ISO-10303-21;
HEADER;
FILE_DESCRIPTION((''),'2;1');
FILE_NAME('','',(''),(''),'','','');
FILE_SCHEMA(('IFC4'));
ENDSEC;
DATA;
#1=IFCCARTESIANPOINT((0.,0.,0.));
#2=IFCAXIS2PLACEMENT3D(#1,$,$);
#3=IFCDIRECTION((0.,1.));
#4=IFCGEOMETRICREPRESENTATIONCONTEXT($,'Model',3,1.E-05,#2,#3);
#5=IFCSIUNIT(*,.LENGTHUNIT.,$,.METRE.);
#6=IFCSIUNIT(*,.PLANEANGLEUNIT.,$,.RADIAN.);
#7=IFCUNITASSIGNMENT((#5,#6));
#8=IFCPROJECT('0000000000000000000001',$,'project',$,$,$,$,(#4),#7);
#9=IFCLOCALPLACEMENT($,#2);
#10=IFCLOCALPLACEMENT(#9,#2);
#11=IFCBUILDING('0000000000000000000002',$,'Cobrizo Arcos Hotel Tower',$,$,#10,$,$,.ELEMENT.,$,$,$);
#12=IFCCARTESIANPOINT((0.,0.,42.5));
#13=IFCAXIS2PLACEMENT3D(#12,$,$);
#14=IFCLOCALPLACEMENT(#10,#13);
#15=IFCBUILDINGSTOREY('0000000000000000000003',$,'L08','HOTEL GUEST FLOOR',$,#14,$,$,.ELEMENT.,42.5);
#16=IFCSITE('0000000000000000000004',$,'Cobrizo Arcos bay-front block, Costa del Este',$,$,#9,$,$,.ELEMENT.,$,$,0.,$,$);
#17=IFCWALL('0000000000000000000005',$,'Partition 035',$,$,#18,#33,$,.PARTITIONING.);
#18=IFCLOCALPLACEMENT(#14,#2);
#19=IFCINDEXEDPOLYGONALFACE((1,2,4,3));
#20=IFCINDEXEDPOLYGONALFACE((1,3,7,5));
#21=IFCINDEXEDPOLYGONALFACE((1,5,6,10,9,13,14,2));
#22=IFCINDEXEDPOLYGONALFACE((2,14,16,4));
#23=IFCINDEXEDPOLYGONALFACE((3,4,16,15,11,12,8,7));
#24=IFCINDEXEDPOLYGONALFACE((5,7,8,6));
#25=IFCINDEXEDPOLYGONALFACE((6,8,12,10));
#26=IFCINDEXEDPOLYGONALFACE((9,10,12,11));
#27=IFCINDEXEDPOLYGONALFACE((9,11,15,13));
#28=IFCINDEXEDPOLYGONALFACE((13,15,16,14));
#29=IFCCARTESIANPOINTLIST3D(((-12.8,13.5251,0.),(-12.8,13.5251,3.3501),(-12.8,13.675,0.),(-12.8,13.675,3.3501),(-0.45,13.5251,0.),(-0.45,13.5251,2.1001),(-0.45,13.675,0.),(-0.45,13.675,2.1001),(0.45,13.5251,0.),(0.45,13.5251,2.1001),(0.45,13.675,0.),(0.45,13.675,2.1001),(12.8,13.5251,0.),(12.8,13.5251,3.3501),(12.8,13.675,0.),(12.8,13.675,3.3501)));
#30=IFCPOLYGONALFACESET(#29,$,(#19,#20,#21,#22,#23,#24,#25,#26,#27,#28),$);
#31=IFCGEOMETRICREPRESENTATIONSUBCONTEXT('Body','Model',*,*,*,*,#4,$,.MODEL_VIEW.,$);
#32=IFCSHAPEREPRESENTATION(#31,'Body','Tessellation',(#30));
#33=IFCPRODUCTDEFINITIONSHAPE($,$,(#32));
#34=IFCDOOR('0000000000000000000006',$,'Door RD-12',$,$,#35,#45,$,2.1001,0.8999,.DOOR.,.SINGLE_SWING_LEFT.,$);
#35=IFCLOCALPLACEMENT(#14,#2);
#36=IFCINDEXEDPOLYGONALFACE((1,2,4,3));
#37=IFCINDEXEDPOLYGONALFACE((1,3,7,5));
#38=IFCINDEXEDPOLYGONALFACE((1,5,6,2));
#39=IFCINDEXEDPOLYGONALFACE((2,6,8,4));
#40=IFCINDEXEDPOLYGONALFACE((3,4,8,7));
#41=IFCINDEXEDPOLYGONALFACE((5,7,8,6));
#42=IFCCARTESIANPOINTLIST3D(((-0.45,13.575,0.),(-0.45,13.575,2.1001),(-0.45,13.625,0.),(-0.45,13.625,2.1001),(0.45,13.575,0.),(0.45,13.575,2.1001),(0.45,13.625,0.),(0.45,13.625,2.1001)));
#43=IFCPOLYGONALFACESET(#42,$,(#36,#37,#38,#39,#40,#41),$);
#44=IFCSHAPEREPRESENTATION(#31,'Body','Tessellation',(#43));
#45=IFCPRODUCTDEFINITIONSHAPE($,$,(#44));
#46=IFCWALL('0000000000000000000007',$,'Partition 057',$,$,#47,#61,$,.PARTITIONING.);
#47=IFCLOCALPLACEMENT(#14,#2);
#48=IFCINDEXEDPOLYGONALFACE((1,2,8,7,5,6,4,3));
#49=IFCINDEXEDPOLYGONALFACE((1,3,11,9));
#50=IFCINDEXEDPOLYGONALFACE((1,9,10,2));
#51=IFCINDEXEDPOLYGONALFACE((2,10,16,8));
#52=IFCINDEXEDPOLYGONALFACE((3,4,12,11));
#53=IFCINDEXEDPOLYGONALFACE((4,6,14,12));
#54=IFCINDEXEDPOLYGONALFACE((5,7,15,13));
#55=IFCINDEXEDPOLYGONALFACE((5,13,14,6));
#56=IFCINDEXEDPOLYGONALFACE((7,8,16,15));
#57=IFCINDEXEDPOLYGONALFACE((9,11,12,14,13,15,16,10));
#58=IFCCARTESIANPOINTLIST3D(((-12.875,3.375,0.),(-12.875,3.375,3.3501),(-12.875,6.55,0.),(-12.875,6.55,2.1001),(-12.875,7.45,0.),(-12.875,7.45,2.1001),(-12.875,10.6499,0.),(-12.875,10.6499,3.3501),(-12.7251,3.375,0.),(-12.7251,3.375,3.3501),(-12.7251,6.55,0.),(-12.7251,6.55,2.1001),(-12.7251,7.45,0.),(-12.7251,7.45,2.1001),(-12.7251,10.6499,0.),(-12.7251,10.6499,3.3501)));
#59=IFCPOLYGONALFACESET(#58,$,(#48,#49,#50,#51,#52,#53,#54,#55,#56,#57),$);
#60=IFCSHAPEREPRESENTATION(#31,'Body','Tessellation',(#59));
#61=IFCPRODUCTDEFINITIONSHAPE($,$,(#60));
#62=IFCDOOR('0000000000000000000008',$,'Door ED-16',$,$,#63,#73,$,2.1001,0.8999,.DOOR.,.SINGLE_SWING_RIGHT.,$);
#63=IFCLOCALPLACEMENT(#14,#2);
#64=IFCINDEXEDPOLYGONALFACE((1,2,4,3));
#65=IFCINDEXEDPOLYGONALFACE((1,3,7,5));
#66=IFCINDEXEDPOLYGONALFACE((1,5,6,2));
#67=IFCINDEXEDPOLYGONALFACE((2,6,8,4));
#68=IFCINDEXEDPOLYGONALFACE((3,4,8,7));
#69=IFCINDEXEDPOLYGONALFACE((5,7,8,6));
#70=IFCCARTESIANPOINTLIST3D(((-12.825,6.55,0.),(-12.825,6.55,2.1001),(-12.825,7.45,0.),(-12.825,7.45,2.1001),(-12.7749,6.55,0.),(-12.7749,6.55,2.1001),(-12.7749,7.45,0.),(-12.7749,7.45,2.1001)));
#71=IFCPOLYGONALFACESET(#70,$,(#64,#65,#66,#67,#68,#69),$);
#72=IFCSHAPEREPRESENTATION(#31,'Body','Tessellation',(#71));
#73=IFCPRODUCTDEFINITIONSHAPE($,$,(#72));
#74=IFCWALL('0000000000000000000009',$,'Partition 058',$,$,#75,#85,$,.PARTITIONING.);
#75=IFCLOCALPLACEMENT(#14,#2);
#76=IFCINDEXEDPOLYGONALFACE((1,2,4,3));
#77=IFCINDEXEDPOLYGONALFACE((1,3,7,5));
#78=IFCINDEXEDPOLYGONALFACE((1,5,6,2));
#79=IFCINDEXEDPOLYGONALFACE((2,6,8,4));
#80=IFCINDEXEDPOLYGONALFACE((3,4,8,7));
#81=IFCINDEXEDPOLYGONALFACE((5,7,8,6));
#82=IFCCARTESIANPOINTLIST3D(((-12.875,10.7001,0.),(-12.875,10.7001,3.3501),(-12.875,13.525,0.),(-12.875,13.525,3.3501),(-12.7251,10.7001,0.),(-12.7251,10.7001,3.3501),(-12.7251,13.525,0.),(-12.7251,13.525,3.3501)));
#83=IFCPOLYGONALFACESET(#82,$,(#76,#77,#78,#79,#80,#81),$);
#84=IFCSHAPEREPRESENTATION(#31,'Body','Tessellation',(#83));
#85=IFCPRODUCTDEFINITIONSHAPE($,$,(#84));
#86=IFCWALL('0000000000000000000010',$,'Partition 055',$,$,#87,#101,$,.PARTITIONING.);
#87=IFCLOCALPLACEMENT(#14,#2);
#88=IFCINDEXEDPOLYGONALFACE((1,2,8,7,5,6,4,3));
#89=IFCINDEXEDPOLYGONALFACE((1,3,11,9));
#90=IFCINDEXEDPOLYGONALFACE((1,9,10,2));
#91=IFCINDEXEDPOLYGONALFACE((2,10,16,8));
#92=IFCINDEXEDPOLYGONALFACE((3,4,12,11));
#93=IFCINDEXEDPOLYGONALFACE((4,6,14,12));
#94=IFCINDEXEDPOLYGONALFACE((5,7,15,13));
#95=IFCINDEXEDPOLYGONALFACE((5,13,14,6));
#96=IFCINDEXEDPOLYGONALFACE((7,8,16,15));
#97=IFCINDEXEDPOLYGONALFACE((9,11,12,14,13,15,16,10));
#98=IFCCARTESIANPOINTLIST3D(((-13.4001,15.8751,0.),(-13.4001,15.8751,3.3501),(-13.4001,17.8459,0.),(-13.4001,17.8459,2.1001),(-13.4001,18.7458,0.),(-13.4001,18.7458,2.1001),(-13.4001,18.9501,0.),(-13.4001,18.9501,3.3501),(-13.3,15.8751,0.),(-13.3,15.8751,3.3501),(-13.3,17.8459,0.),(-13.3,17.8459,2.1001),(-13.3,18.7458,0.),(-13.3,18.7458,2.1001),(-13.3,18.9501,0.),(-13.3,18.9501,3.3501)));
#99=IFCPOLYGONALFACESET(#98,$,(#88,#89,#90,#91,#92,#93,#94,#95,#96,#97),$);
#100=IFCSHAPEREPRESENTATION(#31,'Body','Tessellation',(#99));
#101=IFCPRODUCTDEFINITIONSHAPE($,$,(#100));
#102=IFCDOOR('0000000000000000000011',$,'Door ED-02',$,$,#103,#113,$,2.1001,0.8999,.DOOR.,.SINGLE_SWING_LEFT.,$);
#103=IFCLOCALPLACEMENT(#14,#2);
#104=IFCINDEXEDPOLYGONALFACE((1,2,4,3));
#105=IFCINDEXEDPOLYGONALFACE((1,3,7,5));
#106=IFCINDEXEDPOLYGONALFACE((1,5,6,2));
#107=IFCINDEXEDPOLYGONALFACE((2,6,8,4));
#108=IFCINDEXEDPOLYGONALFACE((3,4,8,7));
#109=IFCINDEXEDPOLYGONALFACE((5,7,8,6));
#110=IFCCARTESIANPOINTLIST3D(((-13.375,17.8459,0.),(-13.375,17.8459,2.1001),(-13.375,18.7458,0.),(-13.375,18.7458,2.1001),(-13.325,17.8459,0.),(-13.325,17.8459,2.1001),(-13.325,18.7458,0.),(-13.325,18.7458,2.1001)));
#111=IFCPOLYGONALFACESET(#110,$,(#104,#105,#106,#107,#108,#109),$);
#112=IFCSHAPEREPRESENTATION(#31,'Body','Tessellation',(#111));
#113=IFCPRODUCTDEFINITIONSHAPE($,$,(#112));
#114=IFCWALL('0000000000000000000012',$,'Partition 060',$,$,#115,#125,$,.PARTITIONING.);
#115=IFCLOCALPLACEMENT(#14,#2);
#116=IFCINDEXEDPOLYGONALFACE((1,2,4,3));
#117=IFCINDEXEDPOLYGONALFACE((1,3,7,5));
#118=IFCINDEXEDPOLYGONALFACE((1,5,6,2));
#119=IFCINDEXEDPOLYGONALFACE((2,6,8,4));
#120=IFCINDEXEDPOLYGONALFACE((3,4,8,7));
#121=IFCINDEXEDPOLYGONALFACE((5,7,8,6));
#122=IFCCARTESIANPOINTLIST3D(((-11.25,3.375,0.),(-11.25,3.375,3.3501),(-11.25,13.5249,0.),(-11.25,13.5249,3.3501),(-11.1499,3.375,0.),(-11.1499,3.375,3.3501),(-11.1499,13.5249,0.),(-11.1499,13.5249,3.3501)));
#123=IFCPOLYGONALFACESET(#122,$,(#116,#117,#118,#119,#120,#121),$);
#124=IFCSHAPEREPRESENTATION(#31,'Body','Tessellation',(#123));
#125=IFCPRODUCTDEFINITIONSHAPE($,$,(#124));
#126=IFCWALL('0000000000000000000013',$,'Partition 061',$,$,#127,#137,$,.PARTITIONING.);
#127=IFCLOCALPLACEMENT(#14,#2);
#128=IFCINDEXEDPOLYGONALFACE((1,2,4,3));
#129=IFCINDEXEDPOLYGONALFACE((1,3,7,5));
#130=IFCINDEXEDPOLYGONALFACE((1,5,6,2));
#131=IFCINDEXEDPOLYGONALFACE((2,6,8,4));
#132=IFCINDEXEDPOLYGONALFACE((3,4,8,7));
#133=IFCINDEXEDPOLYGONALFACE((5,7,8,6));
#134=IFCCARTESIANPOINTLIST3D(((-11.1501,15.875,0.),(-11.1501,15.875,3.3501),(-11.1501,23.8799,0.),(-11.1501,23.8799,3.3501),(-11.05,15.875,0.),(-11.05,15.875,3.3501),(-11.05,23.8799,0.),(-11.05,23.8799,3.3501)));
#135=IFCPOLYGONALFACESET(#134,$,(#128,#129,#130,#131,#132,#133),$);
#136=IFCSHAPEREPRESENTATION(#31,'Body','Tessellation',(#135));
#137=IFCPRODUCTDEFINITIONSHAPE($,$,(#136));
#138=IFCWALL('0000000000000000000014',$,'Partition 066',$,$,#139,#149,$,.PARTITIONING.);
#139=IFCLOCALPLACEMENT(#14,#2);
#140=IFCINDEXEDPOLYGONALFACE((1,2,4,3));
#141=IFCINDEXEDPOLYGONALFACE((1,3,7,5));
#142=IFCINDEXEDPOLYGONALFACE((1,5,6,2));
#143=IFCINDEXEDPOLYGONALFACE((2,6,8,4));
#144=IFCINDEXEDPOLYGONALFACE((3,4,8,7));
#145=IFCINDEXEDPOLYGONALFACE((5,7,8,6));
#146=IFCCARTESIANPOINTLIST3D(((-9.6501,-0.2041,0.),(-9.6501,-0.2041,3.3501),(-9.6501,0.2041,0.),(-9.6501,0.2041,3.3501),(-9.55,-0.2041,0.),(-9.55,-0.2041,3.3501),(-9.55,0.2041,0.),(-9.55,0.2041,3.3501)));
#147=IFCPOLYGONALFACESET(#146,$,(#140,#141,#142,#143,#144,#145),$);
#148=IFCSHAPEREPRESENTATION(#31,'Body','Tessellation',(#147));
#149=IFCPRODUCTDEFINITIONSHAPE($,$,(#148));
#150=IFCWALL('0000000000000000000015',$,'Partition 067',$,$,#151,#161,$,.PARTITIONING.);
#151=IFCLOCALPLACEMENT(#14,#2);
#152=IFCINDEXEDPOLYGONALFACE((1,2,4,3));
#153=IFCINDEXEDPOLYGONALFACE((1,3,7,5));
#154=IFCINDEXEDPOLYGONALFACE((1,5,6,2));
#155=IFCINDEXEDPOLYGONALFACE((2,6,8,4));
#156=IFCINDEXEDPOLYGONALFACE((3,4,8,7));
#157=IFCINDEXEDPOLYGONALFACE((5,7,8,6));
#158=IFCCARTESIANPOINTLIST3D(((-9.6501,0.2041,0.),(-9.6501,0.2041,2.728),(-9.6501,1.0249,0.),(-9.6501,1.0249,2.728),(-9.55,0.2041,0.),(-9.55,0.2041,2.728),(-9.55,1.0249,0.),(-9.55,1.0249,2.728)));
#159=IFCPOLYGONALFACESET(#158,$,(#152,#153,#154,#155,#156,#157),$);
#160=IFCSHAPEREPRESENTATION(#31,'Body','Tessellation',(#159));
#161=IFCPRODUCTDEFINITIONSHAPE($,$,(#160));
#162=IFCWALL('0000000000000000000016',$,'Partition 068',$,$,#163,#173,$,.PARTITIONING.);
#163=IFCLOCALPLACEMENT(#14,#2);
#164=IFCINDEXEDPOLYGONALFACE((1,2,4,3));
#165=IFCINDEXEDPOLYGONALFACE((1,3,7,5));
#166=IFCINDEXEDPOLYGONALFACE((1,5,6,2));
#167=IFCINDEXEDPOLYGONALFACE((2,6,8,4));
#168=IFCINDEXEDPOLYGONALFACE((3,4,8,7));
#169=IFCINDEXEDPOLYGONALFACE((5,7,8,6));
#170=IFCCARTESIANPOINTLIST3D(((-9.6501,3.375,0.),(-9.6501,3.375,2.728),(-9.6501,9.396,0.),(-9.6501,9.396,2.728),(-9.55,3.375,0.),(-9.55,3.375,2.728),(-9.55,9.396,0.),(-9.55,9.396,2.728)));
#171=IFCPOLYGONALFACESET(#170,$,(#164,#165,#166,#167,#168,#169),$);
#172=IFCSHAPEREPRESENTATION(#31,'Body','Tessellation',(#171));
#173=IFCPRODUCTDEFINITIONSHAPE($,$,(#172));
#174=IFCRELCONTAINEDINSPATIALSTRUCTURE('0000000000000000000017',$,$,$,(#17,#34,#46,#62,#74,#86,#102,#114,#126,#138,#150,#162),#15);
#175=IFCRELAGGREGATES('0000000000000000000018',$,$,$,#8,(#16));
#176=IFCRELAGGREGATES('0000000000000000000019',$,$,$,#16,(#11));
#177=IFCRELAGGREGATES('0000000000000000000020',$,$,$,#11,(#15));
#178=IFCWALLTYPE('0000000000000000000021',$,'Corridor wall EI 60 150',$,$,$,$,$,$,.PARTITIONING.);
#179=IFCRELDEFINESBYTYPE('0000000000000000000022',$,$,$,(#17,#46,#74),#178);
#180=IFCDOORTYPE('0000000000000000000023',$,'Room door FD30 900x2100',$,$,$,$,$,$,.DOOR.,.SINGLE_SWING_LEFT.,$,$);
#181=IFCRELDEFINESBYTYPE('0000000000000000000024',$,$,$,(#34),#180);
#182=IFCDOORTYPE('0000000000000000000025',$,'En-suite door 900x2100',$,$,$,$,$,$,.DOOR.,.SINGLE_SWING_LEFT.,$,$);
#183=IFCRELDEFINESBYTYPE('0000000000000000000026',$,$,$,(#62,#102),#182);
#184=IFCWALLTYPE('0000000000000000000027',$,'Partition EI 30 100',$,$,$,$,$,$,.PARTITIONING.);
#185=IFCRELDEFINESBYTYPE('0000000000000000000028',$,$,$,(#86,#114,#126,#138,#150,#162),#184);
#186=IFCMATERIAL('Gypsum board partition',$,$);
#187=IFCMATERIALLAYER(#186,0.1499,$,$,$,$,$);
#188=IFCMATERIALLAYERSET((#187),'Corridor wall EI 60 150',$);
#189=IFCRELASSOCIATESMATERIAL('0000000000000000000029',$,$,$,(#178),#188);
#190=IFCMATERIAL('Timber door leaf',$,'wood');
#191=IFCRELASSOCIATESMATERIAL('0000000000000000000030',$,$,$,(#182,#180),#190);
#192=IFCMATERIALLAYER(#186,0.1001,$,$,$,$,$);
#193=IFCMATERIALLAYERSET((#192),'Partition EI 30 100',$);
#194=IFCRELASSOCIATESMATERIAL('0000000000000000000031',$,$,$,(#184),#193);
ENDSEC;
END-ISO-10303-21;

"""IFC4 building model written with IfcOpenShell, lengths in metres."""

from ifc_helpers import new_model, si_unit, direction, frame, frame_2d, origin, place, context, subcontext, project, spatial, rectangle, extrude, material, layer, layer_set, type_object, element, fill, save


model = new_model("IFC4")

# Units and contexts
model_context = context("Model", 3, precision=1e-05, world=origin(), true_north=direction((0.0, 1.0)))
body_context = subcontext(model_context, "Body", "Model", "MODEL_VIEW")
ifc_project = project(units=[si_unit("LENGTHUNIT", "METRE"), si_unit("PLANEANGLEUNIT", "RADIAN")], contexts=[model_context])

# Site, building, storey
site_placement = place(None, origin())
site = spatial("IfcSite", under=ifc_project, at=site_placement, Name="Cobrizo Arcos bay-front block, Costa del Este", CompositionType="ELEMENT", RefElevation=0.0)
building_placement = place(site_placement, origin())
building = spatial("IfcBuilding", under=site, at=building_placement, Name="Cobrizo Arcos Hotel Tower", CompositionType="ELEMENT")
storey_placement = place(building_placement, frame((0.0, 0.0, 42.5)))
storey = spatial("IfcBuildingStorey", under=building, at=storey_placement, Name="L08", Description="HOTEL GUEST FLOOR", CompositionType="ELEMENT", Elevation=42.5)

# Shared definitions
ifc_material_1 = material(Name="Gypsum board partition")
ifc_layer_1 = layer(ifc_material_1, 0.1499)
ifc_layer_set_1 = layer_set([ifc_layer_1], Name="Corridor wall EI 60 150")
wall_type_1 = type_object("IfcWallType", Name="Corridor wall EI 60 150", PredefinedType="PARTITIONING", material=ifc_layer_set_1)

# Walls, openings, doors
ifc_material_2 = material(Name="Timber door leaf", Category="wood")
door_type_1 = type_object("IfcDoorType", Name="En-suite door 900x2100", OperationType="SINGLE_SWING_LEFT", PredefinedType="DOOR", material=ifc_material_2)
wall_1_placement = place(storey_placement, frame((-12.8, 13.6001, 0.0), z_axis=(0.0, 0.0, 1.0), x_axis=(1.0, 0.0, 0.0)))
wall_1 = element("IfcWall", 1, at=wall_1_placement, inside=storey, type_object=wall_type_1, Name="Partition 035", PredefinedType="PARTITIONING", context=body_context, shape_type="SweptSolid", body=[
    extrude(rectangle(XDim=25.6001, YDim=0.1499, at=frame_2d((12.8, 0.0))), origin(), (0.0, 0.0, 1.0), 3.3501),
])
opening_1_placement = place(wall_1_placement, frame((12.3501, 0.0, 0.0)))
opening_1 = element("IfcOpeningElement", 2, at=opening_1_placement, cuts=wall_1, PredefinedType="OPENING", context=body_context, shape_type="SweptSolid", body=[
    extrude(rectangle(XDim=0.8999, YDim=2.1001, at=frame_2d((0.45, 1.05))), frame((0.0, 0.0869, 0.0), z_axis=(0.0, -1.0, 0.0), x_axis=(1.0, 0.0, 0.0)), (0.0, 0.0, 1.0), 0.1738),
])
door_type_2 = type_object("IfcDoorType", Name="Room door FD30 900x2100", OperationType="SINGLE_SWING_LEFT", PredefinedType="DOOR", material=ifc_material_2)
door_1_placement = place(opening_1_placement, origin())
door_1 = element("IfcDoor", 3, at=door_1_placement, inside=storey, type_object=door_type_2, Name="Door RD-12", OperationType="SINGLE_SWING_LEFT", OverallHeight=2.1001, OverallWidth=0.8999, PredefinedType="DOOR", context=body_context, shape_type="SweptSolid", body=[
    extrude(rectangle(XDim=0.8999, YDim=2.1001, at=frame_2d((0.45, 1.05))), frame((0.0, 0.0249, 0.0), z_axis=(0.0, -1.0, 0.0), x_axis=(1.0, 0.0, 0.0)), (0.0, 0.0, 1.0), 0.05),
])
fill(opening_1, door_1)
wall_2_placement = place(storey_placement, frame((-12.8, 3.375, 0.0), z_axis=(0.0, 0.0, 1.0), x_axis=(0.0, 1.0, 0.0)))
wall_2 = element("IfcWall", 4, at=wall_2_placement, inside=storey, type_object=wall_type_1, Name="Partition 057", PredefinedType="PARTITIONING", context=body_context, shape_type="SweptSolid", body=[
    extrude(rectangle(XDim=7.2749, YDim=0.1499, at=frame_2d((3.6375, 0.0))), origin(), (0.0, 0.0, 1.0), 3.3501),
])
opening_2_placement = place(wall_2_placement, frame((3.175, 0.0, 0.0)))
opening_2 = element("IfcOpeningElement", 5, at=opening_2_placement, cuts=wall_2, PredefinedType="OPENING", context=body_context, shape_type="SweptSolid", body=[
    extrude(rectangle(XDim=0.8999, YDim=2.1001, at=frame_2d((0.45, 1.05))), frame((0.0, 0.0869, 0.0), z_axis=(0.0, -1.0, 0.0), x_axis=(1.0, 0.0, 0.0)), (0.0, 0.0, 1.0), 0.1738),
])
door_2_placement = place(opening_2_placement, origin())
door_2 = element("IfcDoor", 6, at=door_2_placement, inside=storey, type_object=door_type_1, Name="Door ED-16", OperationType="SINGLE_SWING_RIGHT", OverallHeight=2.1001, OverallWidth=0.8999, PredefinedType="DOOR", context=body_context, shape_type="SweptSolid", body=[
    extrude(rectangle(XDim=0.8999, YDim=2.1001, at=frame_2d((0.45, 1.05))), frame((0.0, 0.0249, 0.0), z_axis=(0.0, -1.0, 0.0), x_axis=(1.0, 0.0, 0.0)), (0.0, 0.0, 1.0), 0.05),
])
fill(opening_2, door_2)

# Wall
wall_3_placement = place(storey_placement, frame((-12.8, 10.7, 0.0), z_axis=(0.0, 0.0, 1.0), x_axis=(0.0, 1.0, 0.0)))
element("IfcWall", 7, at=wall_3_placement, inside=storey, type_object=wall_type_1, Name="Partition 058", PredefinedType="PARTITIONING", context=body_context, shape_type="SweptSolid", body=[
    extrude(rectangle(XDim=2.825, YDim=0.1499, at=frame_2d((1.4126, 0.0))), origin(), (0.0, 0.0, 1.0), 3.3501),
])

# Wall, opening, door
ifc_layer_2 = layer(ifc_material_1, 0.1001)
ifc_layer_set_2 = layer_set([ifc_layer_2], Name="Partition EI 30 100")
wall_type_2 = type_object("IfcWallType", Name="Partition EI 30 100", PredefinedType="PARTITIONING", material=ifc_layer_set_2)
wall_4_placement = place(storey_placement, frame((-13.3501, 15.875, 0.0), z_axis=(0.0, 0.0, 1.0), x_axis=(0.0, 1.0, 0.0)))
wall_4 = element("IfcWall", 8, at=wall_4_placement, inside=storey, type_object=wall_type_2, Name="Partition 055", PredefinedType="PARTITIONING", context=body_context, shape_type="SweptSolid", body=[
    extrude(rectangle(XDim=3.075, YDim=0.1001, at=frame_2d((1.5376, 0.0))), origin(), (0.0, 0.0, 1.0), 3.3501),
])
opening_3_placement = place(wall_4_placement, frame((1.9709, 0.0, 0.0)))
opening_3 = element("IfcOpeningElement", 9, at=opening_3_placement, cuts=wall_4, PredefinedType="OPENING", context=body_context, shape_type="SweptSolid", body=[
    extrude(rectangle(XDim=0.8999, YDim=2.1001, at=frame_2d((0.45, 1.05))), frame((0.0, 0.062, 0.0), z_axis=(0.0, -1.0, 0.0), x_axis=(1.0, 0.0, 0.0)), (0.0, 0.0, 1.0), 0.124),
])
door_3_placement = place(opening_3_placement, origin())
door_3 = element("IfcDoor", 10, at=door_3_placement, inside=storey, type_object=door_type_1, Name="Door ED-02", OperationType="SINGLE_SWING_LEFT", OverallHeight=2.1001, OverallWidth=0.8999, PredefinedType="DOOR", context=body_context, shape_type="SweptSolid", body=[
    extrude(rectangle(XDim=0.8999, YDim=2.1001, at=frame_2d((0.45, 1.05))), frame((0.0, 0.0249, 0.0), z_axis=(0.0, -1.0, 0.0), x_axis=(1.0, 0.0, 0.0)), (0.0, 0.0, 1.0), 0.05),
])
fill(opening_3, door_3)

# Walls
wall_5_placement = place(storey_placement, frame((-11.2, 3.375, 0.0), z_axis=(0.0, 0.0, 1.0), x_axis=(0.0, 1.0, 0.0)))
element("IfcWall", 11, at=wall_5_placement, inside=storey, type_object=wall_type_2, Name="Partition 060", PredefinedType="PARTITIONING", context=body_context, shape_type="SweptSolid", body=[
    extrude(rectangle(XDim=10.1499, YDim=0.1001, at=frame_2d((5.075, 0.0))), origin(), (0.0, 0.0, 1.0), 3.3501),
])
wall_6_placement = place(storey_placement, frame((-11.1001, 15.875, 0.0), z_axis=(0.0, 0.0, 1.0), x_axis=(0.0, 1.0, 0.0)))
element("IfcWall", 12, at=wall_6_placement, inside=storey, type_object=wall_type_2, Name="Partition 061", PredefinedType="PARTITIONING", context=body_context, shape_type="SweptSolid", body=[
    extrude(rectangle(XDim=8.0049, YDim=0.1001, at=frame_2d((4.0024, 0.0))), origin(), (0.0, 0.0, 1.0), 3.3501),
])
wall_7_placement = place(storey_placement, frame((-9.6001, -0.2041, 0.0), z_axis=(0.0, 0.0, 1.0), x_axis=(0.0, 1.0, 0.0)))
element("IfcWall", 13, at=wall_7_placement, inside=storey, type_object=wall_type_2, Name="Partition 066", PredefinedType="PARTITIONING", context=body_context, shape_type="SweptSolid", body=[
    extrude(rectangle(XDim=0.4082, YDim=0.1001, at=frame_2d((0.2041, 0.0))), origin(), (0.0, 0.0, 1.0), 3.3501),
])
wall_8_placement = place(storey_placement, frame((-9.6001, 0.2041, 0.0), z_axis=(0.0, 0.0, 1.0), x_axis=(0.0, 1.0, 0.0)))
element("IfcWall", 14, at=wall_8_placement, inside=storey, type_object=wall_type_2, Name="Partition 067", PredefinedType="PARTITIONING", context=body_context, shape_type="SweptSolid", body=[
    extrude(rectangle(XDim=0.8208, YDim=0.1001, at=frame_2d((0.4104, 0.0))), origin(), (0.0, 0.0, 1.0), 2.728),
])
wall_9_placement = place(storey_placement, frame((-9.6001, 3.375, 0.0), z_axis=(0.0, 0.0, 1.0), x_axis=(0.0, 1.0, 0.0)))
element("IfcWall", 15, at=wall_9_placement, inside=storey, type_object=wall_type_2, Name="Partition 068", PredefinedType="PARTITIONING", context=body_context, shape_type="SweptSolid", body=[
    extrude(rectangle(XDim=6.021, YDim=0.1001, at=frame_2d((3.0105, 0.0))), origin(), (0.0, 0.0, 1.0), 2.728),
])

save(model, "model.ifc")
